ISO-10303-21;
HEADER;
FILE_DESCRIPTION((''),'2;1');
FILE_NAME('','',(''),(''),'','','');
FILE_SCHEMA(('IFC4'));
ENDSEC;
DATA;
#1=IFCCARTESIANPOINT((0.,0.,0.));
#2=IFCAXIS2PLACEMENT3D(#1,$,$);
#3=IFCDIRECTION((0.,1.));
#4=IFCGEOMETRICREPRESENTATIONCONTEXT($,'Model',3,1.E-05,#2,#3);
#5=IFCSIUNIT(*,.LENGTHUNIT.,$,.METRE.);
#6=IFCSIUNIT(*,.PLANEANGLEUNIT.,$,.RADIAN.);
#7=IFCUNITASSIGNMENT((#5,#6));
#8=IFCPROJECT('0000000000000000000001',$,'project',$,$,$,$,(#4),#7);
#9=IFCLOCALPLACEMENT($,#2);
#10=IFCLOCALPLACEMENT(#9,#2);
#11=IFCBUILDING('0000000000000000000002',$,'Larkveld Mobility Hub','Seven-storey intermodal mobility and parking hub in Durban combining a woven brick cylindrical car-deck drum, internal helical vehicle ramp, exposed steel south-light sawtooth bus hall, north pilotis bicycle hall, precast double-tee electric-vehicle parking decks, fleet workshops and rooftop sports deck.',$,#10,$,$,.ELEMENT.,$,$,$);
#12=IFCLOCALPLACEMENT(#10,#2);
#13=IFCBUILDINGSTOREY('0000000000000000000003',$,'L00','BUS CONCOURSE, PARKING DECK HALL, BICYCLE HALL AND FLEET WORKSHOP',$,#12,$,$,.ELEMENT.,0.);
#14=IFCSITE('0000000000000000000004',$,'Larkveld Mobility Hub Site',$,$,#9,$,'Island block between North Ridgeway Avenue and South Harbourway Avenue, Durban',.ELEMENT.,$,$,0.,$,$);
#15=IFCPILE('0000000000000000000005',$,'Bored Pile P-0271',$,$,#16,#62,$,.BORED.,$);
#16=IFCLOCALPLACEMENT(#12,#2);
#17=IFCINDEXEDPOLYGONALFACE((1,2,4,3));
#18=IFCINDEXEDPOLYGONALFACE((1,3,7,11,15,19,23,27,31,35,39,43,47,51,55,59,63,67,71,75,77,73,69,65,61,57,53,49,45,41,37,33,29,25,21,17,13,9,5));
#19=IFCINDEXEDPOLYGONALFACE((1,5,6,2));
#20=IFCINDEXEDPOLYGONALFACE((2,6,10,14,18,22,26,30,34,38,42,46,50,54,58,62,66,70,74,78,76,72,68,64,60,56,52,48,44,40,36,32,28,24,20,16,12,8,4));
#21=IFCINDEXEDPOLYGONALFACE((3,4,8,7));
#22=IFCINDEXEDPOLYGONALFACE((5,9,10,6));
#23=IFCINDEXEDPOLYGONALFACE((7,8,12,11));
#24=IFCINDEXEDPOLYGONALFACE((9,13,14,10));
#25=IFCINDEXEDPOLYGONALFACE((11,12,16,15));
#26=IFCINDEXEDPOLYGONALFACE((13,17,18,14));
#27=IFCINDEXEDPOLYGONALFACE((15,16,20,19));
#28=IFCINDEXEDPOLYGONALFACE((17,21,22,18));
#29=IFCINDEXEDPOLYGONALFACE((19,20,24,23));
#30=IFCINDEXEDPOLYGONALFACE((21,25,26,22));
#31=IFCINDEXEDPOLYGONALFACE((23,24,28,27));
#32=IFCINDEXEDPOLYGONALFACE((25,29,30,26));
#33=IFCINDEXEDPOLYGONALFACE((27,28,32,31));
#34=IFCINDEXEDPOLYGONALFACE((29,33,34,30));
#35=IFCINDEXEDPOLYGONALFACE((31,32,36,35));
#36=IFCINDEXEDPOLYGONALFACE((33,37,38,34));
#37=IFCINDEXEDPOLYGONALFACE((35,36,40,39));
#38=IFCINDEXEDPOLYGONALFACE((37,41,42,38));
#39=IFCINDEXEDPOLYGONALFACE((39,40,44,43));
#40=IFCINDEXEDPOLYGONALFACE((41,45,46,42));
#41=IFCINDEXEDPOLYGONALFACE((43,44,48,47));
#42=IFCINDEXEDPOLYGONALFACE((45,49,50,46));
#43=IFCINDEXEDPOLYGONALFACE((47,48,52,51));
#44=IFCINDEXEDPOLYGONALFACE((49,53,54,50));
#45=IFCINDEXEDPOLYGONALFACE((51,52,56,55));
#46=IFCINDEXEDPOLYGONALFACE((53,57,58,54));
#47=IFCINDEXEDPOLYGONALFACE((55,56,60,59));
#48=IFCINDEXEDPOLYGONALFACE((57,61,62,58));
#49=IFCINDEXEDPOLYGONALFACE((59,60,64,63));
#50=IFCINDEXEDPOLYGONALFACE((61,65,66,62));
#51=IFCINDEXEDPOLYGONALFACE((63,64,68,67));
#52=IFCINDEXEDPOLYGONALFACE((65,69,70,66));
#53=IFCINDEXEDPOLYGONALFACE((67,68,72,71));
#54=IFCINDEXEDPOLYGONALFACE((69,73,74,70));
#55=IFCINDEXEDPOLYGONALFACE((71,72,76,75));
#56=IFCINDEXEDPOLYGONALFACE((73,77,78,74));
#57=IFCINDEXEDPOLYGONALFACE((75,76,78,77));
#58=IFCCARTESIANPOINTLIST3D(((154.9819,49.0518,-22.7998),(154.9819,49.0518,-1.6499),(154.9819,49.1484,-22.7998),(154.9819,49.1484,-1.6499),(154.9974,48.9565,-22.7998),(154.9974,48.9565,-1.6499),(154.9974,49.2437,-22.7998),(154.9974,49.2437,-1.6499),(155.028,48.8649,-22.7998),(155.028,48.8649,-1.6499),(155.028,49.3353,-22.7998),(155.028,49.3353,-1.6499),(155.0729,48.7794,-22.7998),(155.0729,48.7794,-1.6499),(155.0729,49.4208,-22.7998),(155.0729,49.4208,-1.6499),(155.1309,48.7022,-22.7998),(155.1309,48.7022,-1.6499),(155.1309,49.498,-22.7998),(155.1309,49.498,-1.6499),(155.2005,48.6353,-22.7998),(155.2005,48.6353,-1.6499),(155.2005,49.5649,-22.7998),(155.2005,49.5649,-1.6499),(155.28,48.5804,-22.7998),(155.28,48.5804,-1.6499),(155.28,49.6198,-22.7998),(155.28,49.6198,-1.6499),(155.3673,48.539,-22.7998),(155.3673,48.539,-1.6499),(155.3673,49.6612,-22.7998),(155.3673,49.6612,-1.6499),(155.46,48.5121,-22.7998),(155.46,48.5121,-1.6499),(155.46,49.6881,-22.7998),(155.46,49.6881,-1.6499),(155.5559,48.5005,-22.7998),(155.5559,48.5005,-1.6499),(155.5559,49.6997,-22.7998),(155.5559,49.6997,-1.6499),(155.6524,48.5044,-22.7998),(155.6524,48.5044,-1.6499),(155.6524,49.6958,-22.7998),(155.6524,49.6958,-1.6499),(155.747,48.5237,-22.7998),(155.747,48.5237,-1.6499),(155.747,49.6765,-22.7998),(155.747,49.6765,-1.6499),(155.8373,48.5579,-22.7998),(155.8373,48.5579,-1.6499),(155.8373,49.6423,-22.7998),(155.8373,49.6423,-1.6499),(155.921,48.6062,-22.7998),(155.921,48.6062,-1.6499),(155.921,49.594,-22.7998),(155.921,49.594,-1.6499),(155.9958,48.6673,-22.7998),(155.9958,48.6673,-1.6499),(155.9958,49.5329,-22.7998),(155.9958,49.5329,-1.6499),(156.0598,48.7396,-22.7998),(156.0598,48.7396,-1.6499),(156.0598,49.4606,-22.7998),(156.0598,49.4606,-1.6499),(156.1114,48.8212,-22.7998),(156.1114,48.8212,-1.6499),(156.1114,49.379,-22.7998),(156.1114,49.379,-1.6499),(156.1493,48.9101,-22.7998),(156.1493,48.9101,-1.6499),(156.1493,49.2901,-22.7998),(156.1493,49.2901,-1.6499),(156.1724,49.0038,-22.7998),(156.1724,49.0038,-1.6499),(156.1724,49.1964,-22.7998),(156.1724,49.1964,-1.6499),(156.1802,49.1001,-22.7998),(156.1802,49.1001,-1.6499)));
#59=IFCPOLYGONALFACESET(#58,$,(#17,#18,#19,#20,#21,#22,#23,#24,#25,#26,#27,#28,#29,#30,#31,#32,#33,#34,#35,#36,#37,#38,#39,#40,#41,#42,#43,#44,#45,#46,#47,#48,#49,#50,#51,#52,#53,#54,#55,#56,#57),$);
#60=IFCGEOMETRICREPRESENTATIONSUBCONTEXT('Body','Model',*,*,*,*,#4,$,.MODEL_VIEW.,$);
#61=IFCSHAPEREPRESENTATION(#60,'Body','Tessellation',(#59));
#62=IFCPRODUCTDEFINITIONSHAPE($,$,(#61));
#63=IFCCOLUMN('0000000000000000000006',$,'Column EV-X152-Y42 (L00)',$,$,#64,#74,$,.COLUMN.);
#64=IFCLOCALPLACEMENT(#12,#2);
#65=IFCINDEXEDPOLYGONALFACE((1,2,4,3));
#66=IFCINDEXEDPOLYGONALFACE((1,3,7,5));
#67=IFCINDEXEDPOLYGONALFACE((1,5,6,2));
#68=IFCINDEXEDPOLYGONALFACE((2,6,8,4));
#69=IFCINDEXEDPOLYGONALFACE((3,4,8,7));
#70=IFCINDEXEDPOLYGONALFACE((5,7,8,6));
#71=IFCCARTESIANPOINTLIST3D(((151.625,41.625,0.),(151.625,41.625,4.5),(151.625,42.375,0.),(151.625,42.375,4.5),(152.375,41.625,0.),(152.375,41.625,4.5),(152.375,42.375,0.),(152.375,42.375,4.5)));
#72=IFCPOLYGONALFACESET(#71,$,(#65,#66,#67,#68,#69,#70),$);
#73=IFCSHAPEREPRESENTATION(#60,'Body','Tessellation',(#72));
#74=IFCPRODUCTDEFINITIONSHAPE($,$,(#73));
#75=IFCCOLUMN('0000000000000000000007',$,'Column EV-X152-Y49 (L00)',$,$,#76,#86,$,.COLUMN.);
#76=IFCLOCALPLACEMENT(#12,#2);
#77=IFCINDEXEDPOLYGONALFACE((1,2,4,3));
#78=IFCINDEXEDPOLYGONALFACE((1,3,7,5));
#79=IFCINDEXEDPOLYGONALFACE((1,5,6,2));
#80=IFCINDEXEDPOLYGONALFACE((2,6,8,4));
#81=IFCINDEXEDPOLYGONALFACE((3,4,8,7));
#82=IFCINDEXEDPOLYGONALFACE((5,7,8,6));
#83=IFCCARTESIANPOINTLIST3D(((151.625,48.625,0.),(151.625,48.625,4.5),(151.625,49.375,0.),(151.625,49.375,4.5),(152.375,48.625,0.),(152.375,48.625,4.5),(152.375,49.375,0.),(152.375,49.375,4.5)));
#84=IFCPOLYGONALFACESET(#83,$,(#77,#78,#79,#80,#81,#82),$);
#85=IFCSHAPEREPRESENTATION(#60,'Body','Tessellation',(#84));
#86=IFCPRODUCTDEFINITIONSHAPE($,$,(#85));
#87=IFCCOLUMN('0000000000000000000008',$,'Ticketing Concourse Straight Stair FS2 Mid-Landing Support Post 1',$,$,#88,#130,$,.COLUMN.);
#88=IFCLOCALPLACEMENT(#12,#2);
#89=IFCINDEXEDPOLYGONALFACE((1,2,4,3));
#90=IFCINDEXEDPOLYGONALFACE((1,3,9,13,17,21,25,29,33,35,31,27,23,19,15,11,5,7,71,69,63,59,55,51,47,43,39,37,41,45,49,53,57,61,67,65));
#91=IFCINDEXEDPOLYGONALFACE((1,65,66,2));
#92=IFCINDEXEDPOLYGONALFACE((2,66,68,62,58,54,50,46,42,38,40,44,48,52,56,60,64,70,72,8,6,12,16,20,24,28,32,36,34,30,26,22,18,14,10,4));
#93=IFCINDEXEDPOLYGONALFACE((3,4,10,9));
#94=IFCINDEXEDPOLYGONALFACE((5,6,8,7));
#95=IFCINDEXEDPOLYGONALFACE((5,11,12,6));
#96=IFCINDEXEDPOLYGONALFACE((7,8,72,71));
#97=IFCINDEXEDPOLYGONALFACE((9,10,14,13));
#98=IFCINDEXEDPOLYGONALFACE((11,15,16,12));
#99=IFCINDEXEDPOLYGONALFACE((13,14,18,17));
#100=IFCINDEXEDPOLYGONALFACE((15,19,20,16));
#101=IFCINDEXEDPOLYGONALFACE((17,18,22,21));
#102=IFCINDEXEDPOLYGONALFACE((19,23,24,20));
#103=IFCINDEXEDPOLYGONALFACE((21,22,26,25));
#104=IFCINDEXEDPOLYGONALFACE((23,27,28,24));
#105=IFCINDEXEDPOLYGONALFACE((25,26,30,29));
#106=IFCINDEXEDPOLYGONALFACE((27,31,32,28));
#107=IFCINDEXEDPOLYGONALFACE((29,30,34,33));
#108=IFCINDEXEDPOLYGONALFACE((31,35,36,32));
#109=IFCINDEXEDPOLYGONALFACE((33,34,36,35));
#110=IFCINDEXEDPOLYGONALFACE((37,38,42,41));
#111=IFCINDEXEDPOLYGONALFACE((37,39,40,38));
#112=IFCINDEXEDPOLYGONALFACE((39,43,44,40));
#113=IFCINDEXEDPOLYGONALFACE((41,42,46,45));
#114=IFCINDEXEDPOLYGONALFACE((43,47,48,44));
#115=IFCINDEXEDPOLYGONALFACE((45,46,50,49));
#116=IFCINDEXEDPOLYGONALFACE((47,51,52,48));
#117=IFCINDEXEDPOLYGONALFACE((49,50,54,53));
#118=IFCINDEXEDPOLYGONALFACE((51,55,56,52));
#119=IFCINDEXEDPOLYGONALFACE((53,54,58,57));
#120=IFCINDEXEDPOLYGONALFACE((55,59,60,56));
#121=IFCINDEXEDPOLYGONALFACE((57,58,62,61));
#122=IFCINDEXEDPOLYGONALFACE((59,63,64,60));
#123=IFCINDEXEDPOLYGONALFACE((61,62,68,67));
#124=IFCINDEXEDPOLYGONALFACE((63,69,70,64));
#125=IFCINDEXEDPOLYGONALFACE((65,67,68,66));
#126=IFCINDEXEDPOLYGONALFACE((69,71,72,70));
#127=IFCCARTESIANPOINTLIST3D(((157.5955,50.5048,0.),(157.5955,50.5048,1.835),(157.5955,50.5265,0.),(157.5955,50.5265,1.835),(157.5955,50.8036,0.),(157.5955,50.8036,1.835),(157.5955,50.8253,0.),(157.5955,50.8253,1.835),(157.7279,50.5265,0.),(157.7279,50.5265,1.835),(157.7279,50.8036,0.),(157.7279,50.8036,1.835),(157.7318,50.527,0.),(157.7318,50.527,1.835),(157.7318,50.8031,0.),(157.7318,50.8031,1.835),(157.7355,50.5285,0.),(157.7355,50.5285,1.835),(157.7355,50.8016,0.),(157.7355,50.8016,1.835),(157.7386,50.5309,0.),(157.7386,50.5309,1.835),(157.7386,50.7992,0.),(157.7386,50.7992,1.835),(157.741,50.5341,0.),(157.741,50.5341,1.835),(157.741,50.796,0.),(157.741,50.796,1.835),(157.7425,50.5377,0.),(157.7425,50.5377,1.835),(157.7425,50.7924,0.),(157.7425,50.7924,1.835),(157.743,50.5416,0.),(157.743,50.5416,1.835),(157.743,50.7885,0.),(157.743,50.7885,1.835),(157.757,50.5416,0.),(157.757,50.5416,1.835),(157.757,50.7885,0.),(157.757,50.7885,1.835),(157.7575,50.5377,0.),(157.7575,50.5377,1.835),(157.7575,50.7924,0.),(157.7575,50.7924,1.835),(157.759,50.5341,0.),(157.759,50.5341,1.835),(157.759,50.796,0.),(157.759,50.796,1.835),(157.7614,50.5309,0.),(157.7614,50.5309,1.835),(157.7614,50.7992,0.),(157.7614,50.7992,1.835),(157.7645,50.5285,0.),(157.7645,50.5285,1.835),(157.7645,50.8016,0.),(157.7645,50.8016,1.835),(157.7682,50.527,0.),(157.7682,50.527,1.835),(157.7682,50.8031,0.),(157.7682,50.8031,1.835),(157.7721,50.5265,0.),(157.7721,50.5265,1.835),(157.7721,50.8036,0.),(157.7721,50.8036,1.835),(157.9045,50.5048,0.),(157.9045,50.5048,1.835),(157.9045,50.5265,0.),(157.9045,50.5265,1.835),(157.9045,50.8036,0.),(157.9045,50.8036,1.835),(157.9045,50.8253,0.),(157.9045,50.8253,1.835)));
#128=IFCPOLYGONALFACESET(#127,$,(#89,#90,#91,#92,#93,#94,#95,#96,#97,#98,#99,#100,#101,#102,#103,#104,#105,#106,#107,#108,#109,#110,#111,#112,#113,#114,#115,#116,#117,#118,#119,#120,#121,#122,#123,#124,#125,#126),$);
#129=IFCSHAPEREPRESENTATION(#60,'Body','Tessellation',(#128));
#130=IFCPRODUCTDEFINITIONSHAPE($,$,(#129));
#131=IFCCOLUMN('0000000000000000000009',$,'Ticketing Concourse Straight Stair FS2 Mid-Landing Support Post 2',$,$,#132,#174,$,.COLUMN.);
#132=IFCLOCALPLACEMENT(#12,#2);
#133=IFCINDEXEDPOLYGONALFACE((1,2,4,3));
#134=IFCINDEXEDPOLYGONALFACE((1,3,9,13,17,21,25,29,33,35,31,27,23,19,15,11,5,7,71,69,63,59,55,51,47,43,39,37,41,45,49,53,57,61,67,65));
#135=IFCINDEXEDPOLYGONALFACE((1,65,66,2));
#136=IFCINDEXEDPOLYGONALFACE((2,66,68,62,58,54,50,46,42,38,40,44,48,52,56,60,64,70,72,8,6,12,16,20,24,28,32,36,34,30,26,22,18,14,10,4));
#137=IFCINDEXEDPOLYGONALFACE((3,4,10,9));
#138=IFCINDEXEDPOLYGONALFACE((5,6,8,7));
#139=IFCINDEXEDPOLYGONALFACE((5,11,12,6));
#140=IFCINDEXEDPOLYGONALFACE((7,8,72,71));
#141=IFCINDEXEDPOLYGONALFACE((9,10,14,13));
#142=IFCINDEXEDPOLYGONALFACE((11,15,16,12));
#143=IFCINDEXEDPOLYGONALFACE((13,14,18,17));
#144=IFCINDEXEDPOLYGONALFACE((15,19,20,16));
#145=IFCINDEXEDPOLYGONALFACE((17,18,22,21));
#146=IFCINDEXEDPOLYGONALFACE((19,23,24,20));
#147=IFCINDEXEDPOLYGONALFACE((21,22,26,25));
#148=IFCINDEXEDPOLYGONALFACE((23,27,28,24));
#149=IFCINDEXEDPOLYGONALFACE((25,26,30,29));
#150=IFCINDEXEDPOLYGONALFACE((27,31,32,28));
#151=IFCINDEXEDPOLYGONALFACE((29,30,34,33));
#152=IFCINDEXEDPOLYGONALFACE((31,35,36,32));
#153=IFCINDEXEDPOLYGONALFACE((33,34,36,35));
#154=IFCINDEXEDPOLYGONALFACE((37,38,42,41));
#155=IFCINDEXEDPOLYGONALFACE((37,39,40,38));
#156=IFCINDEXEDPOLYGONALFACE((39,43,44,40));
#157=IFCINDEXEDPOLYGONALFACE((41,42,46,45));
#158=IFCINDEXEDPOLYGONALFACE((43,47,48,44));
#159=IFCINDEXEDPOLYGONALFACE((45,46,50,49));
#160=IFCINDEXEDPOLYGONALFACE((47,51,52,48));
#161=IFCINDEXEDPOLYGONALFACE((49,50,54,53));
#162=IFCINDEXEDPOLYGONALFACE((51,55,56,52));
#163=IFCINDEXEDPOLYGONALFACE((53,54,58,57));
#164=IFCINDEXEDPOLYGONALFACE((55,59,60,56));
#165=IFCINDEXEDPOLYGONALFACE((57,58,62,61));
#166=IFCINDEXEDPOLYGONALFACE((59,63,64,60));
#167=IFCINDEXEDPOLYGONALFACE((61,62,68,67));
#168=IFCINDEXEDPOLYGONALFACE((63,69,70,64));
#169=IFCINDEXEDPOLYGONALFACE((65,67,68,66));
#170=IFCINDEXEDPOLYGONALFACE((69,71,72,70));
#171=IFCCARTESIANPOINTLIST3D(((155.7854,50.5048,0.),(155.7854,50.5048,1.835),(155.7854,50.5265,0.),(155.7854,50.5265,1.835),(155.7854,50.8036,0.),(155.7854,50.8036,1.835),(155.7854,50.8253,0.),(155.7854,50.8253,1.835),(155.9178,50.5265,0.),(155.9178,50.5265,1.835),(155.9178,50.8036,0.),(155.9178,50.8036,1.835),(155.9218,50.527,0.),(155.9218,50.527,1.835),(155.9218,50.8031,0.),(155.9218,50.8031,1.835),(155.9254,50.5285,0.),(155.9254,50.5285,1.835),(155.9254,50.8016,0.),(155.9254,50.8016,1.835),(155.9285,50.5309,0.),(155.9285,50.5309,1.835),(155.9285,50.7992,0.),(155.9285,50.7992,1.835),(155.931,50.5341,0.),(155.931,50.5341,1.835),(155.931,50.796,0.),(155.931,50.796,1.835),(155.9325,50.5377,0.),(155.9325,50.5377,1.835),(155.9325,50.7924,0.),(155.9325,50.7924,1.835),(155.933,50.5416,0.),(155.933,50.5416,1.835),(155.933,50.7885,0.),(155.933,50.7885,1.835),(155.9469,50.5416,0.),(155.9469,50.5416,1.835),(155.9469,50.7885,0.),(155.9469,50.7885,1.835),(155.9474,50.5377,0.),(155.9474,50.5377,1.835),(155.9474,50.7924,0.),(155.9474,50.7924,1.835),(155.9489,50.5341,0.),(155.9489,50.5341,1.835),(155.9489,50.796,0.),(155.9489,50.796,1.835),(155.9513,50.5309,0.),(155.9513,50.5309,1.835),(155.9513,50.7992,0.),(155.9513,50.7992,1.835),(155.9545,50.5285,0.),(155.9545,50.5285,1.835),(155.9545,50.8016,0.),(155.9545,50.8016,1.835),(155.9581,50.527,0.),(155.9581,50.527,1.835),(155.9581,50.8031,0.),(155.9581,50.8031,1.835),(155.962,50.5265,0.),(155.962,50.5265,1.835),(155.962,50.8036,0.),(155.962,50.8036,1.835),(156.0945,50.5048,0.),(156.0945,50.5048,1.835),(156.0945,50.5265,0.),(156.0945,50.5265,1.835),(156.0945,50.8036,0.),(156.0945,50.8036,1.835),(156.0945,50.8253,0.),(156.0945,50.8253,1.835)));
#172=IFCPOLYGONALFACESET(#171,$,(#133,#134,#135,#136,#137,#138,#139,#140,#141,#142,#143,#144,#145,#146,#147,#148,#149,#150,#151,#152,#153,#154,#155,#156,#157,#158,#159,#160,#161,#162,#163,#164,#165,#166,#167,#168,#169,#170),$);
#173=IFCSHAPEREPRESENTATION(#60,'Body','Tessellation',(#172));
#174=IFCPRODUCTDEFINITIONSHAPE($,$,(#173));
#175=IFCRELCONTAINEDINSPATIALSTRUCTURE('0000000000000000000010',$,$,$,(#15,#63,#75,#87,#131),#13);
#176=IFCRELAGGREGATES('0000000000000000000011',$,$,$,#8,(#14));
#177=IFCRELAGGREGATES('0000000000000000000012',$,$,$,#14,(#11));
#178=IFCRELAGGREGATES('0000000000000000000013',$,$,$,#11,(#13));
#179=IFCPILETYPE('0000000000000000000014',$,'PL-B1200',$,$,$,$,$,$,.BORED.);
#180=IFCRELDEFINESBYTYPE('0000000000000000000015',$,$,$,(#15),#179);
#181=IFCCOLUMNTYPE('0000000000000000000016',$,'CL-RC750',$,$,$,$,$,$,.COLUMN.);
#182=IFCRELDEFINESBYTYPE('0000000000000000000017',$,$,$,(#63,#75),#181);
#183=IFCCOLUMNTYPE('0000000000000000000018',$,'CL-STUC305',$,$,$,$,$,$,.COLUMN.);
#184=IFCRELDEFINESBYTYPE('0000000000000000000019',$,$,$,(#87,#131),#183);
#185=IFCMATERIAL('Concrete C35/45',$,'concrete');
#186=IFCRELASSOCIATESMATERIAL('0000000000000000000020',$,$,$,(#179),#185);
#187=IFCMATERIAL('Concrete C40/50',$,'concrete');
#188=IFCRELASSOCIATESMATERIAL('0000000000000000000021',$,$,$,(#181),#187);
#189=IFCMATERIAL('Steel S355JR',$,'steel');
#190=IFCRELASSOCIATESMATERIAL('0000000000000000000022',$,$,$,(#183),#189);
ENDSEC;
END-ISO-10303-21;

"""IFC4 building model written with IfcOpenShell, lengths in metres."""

from ifc_helpers import new_model, si_unit, direction, frame, origin, origin_2d, place, context, subcontext, project, spatial, rectangle, circle, i_section, extrude, material, material_profile, profile_set, type_object, element, save


model = new_model("IFC4")

# Units and contexts
model_context = context("Model", 3, precision=1e-05, world=origin(), true_north=direction((0.0, 1.0)))
body_context = subcontext(model_context, "Body", "Model", "MODEL_VIEW")
ifc_project = project(units=[si_unit("LENGTHUNIT", "METRE"), si_unit("PLANEANGLEUNIT", "RADIAN")], contexts=[model_context])

# Site, building, storey
site_placement = place(None, origin())
site = spatial("IfcSite", under=ifc_project, at=site_placement, Name="Larkveld Mobility Hub Site", LongName="Island block between North Ridgeway Avenue and South Harbourway Avenue, Durban", CompositionType="ELEMENT", RefElevation=0.0)
building_placement = place(site_placement, origin())
building = spatial("IfcBuilding", under=site, at=building_placement, Name="Larkveld Mobility Hub", Description="Seven-storey intermodal mobility and parking hub in Durban combining a woven brick cylindrical car-deck drum, internal helical vehicle ramp, exposed steel south-light sawtooth bus hall, north pilotis bicycle hall, precast double-tee electric-vehicle parking decks, fleet workshops and rooftop sports deck.", CompositionType="ELEMENT")
storey_placement = place(building_placement, origin())
storey = spatial("IfcBuildingStorey", under=building, at=storey_placement, Name="L00", Description="BUS CONCOURSE, PARKING DECK HALL, BICYCLE HALL AND FLEET WORKSHOP", CompositionType="ELEMENT", Elevation=0.0)

# Shared definitions
ifc_material_1 = material(Name="Concrete C35/45", Category="concrete")

# Pile
ifc_material_profile_1 = material_profile(ifc_material_1, circle(Radius=0.6001, at=origin_2d()), Name="PILE D1200")
ifc_profile_set_1 = profile_set([ifc_material_profile_1], Name="Concrete C35/45")
pile_type = type_object("IfcPileType", Name="PL-B1200", PredefinedType="BORED", material=ifc_profile_set_1)
for number, where, z_axis, x_axis, name in (
    (1, (155.5801, 49.1001, -1.6499), (0.0, 0.0, -1.0), (1.0, 0.0, 0.0), "Bored Pile P-0271"),
):
    element("IfcPile", number, at=place(storey_placement, frame(where, z_axis=z_axis, x_axis=x_axis)), inside=storey, type_object=pile_type, Name=name, PredefinedType="BORED", context=body_context, shape_type="SweptSolid", body=[
        extrude(circle(Radius=0.6001, at=origin_2d()), origin(), (0.0, 0.0, 1.0), 21.1499),
    ])

# Columns
ifc_material_2 = material(Name="Concrete C40/50", Category="concrete")
ifc_material_profile_2 = material_profile(ifc_material_2, rectangle(XDim=0.75, YDim=0.75, at=origin_2d()), Name="RC COL 750x750")
ifc_profile_set_2 = profile_set([ifc_material_profile_2], Name="Concrete C40/50")
column_type_1 = type_object("IfcColumnType", Name="CL-RC750", PredefinedType="COLUMN", material=ifc_profile_set_2)
for number, where, z_axis, x_axis, name in (
    (2, (152.0, 42.0, 0.0), (0.0, 0.0, 1.0), (1.0, 0.0, 0.0), "Column EV-X152-Y42 (L00)"),
    (3, (152.0, 49.0, 0.0), (0.0, 0.0, 1.0), (1.0, 0.0, 0.0), "Column EV-X152-Y49 (L00)"),
):
    element("IfcColumn", number, at=place(storey_placement, frame(where, z_axis=z_axis, x_axis=x_axis)), inside=storey, type_object=column_type_1, Name=name, PredefinedType="COLUMN", context=body_context, shape_type="SweptSolid", body=[
        extrude(rectangle(XDim=0.75, YDim=0.75, at=origin_2d()), origin(), (0.0, 0.0, 1.0), 4.5),
    ])
ifc_material_3 = material(Name="Steel S355JR", Category="steel")
ifc_material_profile_3 = material_profile(ifc_material_3, i_section(OverallWidth=0.3091, OverallDepth=0.3206, WebThickness=0.0139, FlangeThickness=0.0217, FilletRadius=0.0151, at=origin_2d()), Name="UC 305x305x137")
ifc_profile_set_3 = profile_set([ifc_material_profile_3], Name="Steel S355JR")
column_type_2 = type_object("IfcColumnType", Name="CL-STUC305", PredefinedType="COLUMN", material=ifc_profile_set_3)
for number, where, z_axis, x_axis, name in (
    (4, (157.75, 50.665, 0.0), (0.0, 0.0, 1.0), (1.0, 0.0, 0.0), "Ticketing Concourse Straight Stair FS2 Mid-Landing Support Post 1"),
    (5, (155.9399, 50.665, 0.0), (0.0, 0.0, 1.0), (1.0, 0.0, 0.0), "Ticketing Concourse Straight Stair FS2 Mid-Landing Support Post 2"),
):
    element("IfcColumn", number, at=place(storey_placement, frame(where, z_axis=z_axis, x_axis=x_axis)), inside=storey, type_object=column_type_2, Name=name, PredefinedType="COLUMN", context=body_context, shape_type="SweptSolid", body=[
        extrude(i_section(OverallWidth=0.3091, OverallDepth=0.3206, WebThickness=0.0139, FlangeThickness=0.0217, FilletRadius=0.0151, at=origin_2d()), origin(), (0.0, 0.0, 1.0), 1.835),
    ])

save(model, "model.ifc")
